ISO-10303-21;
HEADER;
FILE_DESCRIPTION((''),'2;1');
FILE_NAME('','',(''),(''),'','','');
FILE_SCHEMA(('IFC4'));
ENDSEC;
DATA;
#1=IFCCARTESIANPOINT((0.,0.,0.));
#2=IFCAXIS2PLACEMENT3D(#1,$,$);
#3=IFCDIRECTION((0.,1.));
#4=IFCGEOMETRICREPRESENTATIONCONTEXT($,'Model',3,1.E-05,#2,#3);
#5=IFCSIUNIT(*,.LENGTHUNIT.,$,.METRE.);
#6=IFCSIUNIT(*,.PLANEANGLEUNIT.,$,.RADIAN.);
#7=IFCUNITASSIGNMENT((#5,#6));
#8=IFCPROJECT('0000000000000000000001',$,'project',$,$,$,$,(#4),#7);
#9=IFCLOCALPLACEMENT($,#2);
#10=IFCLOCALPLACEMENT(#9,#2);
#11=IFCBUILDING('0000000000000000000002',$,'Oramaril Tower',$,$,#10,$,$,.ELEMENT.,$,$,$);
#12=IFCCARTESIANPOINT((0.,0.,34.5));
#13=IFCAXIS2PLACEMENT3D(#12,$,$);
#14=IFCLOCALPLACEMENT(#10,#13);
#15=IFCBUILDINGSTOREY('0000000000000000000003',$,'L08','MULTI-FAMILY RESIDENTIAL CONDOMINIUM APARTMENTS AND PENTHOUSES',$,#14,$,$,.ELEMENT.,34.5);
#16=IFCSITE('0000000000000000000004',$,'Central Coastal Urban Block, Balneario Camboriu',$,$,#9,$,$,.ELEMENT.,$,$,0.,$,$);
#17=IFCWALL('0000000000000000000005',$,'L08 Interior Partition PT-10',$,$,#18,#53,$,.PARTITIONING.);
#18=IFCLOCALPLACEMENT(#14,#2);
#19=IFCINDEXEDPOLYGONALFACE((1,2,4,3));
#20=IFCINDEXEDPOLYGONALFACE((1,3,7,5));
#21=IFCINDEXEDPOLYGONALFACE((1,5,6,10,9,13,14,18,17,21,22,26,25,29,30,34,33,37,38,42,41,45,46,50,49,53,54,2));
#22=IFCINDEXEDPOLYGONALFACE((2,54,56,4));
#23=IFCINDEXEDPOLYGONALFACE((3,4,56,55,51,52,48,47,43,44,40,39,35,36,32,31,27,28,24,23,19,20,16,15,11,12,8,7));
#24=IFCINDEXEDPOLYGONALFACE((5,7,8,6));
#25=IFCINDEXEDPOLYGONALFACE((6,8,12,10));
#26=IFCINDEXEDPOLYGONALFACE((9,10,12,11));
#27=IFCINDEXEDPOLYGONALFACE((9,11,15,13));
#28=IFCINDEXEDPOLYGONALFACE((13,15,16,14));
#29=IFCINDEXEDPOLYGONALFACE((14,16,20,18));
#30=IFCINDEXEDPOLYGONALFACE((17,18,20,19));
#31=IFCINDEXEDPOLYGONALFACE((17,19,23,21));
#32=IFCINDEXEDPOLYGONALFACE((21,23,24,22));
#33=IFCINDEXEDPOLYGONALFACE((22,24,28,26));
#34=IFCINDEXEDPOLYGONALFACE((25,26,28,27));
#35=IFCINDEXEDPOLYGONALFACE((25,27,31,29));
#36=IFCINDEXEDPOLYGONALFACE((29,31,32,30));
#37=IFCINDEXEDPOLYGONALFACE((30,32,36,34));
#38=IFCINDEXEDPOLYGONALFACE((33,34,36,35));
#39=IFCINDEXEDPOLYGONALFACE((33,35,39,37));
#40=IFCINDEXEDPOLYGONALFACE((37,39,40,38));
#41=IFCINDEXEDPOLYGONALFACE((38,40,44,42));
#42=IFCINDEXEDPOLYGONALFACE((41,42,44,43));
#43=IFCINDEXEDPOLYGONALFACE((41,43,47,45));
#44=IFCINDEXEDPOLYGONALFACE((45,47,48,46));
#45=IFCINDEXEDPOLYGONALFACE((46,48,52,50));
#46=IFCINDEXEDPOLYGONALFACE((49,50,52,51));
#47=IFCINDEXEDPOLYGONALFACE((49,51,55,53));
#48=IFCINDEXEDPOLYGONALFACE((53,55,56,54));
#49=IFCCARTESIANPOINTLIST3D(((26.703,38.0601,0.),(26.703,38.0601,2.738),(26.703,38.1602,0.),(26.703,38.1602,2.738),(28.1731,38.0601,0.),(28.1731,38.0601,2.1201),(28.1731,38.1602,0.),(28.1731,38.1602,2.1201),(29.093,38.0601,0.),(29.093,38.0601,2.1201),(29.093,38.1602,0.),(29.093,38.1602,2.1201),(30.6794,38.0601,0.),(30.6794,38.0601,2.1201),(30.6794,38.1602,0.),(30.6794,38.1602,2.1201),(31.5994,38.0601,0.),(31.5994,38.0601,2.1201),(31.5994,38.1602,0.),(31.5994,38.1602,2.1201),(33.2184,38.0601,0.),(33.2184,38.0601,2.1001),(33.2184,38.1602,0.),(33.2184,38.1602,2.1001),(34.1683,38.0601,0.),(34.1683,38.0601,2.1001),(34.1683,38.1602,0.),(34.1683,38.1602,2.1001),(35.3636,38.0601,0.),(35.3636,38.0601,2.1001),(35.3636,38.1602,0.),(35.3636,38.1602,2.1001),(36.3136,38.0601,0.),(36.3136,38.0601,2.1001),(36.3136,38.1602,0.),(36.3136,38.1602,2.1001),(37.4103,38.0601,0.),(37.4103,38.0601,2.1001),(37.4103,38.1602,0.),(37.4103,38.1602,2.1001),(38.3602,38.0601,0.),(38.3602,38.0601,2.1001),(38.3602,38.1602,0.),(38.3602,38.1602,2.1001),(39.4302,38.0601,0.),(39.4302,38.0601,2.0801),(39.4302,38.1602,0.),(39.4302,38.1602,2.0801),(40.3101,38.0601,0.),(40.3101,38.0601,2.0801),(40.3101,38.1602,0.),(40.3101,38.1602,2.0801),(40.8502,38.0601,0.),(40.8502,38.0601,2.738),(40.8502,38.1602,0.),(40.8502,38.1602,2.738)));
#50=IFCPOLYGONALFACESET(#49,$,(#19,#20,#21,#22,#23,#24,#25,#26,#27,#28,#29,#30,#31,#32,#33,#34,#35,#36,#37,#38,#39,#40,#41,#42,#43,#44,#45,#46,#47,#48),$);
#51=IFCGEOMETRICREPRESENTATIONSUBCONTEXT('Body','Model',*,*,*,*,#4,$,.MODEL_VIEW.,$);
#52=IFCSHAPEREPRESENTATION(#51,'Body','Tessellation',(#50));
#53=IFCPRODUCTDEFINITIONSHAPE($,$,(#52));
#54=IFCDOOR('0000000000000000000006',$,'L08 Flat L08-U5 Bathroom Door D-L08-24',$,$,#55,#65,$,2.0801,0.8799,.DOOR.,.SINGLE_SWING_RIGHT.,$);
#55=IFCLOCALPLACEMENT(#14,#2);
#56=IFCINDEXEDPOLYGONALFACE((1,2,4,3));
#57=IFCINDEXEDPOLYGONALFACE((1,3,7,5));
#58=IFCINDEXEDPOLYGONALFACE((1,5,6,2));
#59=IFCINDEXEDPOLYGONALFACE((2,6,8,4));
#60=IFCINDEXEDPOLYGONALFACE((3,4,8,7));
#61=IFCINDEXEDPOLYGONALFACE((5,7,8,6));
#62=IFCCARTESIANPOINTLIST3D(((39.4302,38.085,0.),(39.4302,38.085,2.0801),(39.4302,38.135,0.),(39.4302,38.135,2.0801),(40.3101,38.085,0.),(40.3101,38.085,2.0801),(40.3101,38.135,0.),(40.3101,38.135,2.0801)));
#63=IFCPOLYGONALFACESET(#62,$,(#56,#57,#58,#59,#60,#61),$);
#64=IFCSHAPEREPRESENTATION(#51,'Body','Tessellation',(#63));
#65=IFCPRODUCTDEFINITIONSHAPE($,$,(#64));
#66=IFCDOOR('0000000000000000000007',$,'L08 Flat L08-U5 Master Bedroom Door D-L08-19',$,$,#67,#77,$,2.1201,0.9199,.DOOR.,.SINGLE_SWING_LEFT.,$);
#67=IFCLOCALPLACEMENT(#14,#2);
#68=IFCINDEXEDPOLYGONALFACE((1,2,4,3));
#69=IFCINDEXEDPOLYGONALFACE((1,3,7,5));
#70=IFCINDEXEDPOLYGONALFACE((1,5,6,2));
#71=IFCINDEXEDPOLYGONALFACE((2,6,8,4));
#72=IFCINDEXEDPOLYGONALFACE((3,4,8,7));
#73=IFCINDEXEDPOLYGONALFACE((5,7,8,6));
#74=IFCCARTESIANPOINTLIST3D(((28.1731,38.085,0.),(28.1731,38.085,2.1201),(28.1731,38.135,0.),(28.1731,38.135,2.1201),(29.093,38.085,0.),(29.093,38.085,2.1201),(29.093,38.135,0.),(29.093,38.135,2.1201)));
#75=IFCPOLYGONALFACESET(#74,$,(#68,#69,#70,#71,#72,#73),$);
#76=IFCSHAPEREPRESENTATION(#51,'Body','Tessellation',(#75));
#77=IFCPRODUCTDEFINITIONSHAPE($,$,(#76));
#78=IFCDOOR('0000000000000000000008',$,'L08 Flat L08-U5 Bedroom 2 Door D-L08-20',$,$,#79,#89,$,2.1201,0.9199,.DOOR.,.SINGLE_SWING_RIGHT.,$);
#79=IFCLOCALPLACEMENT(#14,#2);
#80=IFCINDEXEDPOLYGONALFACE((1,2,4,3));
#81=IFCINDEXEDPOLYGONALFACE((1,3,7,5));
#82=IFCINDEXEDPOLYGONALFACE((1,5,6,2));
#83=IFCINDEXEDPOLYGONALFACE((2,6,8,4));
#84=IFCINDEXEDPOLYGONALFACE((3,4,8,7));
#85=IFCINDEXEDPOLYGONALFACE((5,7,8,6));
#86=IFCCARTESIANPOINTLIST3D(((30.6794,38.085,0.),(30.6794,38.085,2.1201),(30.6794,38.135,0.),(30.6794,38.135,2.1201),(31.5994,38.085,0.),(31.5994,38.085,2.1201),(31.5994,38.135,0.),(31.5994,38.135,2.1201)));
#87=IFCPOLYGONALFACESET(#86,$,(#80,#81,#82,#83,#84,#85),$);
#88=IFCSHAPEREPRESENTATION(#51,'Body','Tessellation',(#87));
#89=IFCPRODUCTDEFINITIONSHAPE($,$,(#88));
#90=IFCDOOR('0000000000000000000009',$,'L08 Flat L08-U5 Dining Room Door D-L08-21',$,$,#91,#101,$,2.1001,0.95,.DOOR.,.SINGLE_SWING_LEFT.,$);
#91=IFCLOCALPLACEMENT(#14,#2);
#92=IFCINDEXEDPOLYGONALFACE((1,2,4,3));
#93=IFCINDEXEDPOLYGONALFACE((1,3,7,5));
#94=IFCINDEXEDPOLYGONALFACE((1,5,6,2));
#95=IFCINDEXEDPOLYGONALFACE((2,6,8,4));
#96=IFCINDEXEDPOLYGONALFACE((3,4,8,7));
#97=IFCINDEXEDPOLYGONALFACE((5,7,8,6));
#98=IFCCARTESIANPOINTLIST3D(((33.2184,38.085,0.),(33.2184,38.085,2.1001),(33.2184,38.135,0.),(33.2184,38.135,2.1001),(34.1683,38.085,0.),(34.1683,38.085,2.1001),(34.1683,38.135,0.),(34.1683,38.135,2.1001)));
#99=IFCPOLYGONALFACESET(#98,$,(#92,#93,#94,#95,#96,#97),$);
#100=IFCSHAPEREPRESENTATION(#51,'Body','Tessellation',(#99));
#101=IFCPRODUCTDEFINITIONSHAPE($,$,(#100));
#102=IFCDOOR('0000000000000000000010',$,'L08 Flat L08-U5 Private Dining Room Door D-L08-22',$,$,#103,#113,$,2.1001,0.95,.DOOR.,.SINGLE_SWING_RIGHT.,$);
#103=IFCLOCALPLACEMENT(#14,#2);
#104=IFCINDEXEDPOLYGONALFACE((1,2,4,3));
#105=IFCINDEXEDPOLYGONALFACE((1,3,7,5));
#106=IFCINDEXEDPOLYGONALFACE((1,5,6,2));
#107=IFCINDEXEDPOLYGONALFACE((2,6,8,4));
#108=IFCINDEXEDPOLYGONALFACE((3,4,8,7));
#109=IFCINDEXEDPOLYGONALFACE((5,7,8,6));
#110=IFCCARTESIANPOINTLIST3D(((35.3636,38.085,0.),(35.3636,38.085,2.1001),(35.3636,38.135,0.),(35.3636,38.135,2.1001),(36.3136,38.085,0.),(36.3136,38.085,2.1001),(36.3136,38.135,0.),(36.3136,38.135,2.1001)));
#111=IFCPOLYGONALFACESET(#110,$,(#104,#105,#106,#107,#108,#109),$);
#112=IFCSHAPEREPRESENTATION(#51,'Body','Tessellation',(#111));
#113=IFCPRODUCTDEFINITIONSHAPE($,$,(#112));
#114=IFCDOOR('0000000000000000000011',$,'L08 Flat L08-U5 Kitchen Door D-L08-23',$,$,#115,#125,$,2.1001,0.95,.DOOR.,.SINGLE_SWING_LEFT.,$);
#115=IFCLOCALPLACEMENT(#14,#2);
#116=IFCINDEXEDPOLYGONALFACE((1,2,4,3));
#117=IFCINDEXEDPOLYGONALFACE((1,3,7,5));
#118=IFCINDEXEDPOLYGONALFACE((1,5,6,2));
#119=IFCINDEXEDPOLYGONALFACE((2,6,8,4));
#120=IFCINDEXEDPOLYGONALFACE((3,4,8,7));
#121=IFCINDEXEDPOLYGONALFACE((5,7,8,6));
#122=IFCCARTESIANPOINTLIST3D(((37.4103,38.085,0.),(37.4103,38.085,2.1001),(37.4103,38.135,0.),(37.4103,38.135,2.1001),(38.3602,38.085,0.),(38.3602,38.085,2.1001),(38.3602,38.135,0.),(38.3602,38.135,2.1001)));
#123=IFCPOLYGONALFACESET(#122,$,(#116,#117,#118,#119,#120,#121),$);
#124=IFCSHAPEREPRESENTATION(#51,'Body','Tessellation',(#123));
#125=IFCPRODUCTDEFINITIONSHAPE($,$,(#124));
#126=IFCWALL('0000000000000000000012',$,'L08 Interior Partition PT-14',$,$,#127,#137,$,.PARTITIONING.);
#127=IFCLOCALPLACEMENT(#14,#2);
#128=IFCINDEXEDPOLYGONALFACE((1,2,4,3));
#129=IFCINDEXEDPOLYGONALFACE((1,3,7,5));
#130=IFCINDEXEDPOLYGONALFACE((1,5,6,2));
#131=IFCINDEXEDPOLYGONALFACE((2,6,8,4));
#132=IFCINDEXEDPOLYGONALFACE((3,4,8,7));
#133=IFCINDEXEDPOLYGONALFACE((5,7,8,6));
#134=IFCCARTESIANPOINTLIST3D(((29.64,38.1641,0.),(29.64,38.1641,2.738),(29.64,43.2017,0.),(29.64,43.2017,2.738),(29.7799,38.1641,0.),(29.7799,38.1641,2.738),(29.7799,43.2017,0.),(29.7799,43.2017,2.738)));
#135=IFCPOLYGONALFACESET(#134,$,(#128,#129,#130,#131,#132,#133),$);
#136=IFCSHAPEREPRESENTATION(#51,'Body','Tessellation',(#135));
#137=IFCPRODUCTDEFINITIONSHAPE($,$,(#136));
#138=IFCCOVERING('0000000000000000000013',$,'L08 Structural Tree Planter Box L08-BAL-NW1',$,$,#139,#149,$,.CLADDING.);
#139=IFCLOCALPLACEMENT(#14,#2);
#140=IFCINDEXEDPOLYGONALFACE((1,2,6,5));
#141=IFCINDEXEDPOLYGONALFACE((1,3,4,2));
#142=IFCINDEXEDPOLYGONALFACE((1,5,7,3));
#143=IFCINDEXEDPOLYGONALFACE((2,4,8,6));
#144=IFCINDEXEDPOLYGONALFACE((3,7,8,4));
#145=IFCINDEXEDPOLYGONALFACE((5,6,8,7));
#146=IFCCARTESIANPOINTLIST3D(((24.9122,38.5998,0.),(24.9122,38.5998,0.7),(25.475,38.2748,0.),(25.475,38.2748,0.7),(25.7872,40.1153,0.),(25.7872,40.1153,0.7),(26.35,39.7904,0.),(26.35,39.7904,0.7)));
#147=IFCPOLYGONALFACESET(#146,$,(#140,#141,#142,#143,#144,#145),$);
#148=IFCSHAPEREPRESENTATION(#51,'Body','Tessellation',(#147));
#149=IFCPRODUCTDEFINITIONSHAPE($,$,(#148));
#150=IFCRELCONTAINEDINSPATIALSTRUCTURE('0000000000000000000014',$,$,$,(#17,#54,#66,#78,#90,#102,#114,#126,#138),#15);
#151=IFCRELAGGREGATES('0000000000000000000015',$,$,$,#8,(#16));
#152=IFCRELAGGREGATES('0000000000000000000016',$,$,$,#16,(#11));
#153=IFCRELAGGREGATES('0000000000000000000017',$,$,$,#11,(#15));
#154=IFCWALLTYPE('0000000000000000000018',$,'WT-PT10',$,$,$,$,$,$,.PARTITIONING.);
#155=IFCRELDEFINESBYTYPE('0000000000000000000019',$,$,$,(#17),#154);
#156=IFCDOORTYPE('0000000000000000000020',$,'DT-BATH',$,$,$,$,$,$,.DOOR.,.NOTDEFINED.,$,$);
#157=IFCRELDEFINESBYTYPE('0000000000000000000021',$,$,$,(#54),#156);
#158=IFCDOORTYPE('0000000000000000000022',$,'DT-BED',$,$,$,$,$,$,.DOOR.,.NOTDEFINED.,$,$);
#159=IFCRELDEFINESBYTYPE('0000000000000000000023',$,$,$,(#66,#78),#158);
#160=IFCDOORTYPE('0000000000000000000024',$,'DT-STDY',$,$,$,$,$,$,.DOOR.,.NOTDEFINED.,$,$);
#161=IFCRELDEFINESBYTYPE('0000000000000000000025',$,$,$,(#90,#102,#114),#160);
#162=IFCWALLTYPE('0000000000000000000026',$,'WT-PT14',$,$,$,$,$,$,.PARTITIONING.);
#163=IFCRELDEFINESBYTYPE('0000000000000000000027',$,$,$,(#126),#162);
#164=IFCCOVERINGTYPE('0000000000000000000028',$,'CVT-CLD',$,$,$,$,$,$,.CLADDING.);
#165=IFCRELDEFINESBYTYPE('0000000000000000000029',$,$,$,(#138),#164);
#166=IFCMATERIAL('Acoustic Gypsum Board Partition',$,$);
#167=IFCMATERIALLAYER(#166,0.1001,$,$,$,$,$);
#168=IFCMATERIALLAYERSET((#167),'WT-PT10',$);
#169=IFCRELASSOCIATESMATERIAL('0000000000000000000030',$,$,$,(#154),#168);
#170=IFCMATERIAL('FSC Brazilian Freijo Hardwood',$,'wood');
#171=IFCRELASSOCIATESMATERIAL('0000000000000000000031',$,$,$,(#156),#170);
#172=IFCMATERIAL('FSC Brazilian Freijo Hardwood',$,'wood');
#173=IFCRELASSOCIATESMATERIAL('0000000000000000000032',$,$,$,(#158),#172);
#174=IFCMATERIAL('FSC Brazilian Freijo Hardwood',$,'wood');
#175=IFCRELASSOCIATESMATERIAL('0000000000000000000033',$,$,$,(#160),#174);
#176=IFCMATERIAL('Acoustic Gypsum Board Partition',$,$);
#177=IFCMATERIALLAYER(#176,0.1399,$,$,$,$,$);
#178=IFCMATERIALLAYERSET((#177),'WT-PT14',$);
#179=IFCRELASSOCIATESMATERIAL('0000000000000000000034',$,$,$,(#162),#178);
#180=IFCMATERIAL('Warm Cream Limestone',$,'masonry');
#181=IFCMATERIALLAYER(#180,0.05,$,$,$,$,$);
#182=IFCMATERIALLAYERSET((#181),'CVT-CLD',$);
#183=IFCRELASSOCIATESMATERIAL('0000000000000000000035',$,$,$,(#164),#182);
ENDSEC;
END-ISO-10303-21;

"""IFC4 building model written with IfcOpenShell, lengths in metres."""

from ifc_helpers import new_model, si_unit, direction, frame, frame_2d, origin, origin_2d, place, context, subcontext, project, spatial, rectangle, extrude, material, layer, layer_set, type_object, element, fill, save


model = new_model("IFC4")

# Units and contexts
model_context = context("Model", 3, precision=1e-05, world=origin(), true_north=direction((0.0, 1.0)))
body_context = subcontext(model_context, "Body", "Model", "MODEL_VIEW")
ifc_project = project(units=[si_unit("LENGTHUNIT", "METRE"), si_unit("PLANEANGLEUNIT", "RADIAN")], contexts=[model_context])

# Site, building, storey
site_placement = place(None, origin())
site = spatial("IfcSite", under=ifc_project, at=site_placement, Name="Central Coastal Urban Block, Balneario Camboriu", CompositionType="ELEMENT", RefElevation=0.0)
building_placement = place(site_placement, origin())
building = spatial("IfcBuilding", under=site, at=building_placement, Name="Oramaril Tower", CompositionType="ELEMENT")
storey_placement = place(building_placement, frame((0.0, 0.0, 34.5)))
storey = spatial("IfcBuildingStorey", under=building, at=storey_placement, Name="L08", Description="MULTI-FAMILY RESIDENTIAL CONDOMINIUM APARTMENTS AND PENTHOUSES", CompositionType="ELEMENT", Elevation=34.5)

# Wall, openings, doors
ifc_material_1 = material(Name="Acoustic Gypsum Board Partition")
ifc_layer_1 = layer(ifc_material_1, 0.1001)
ifc_layer_set_1 = layer_set([ifc_layer_1], Name="WT-PT10")
wall_type_1 = type_object("IfcWallType", Name="WT-PT10", PredefinedType="PARTITIONING", material=ifc_layer_set_1)
wall_1_placement = place(storey_placement, frame((26.7029, 38.1101, 0.0), z_axis=(0.0, 0.0, 1.0), x_axis=(1.0, 0.0, 0.0)))
wall_1 = element("IfcWall", 1, at=wall_1_placement, inside=storey, type_object=wall_type_1, Name="L08 Interior Partition PT-10", PredefinedType="PARTITIONING", context=body_context, shape_type="SweptSolid", body=[
    extrude(rectangle(XDim=14.1472, YDim=0.1001, at=frame_2d((7.0737, 0.0))), origin(), (0.0, 0.0, 1.0), 2.738),
])
opening_1_placement = place(wall_1_placement, frame((1.4702, 0.0, 0.0)))
opening_1 = element("IfcOpeningElement", 2, at=opening_1_placement, cuts=wall_1, PredefinedType="OPENING", context=body_context, shape_type="SweptSolid", body=[
    extrude(rectangle(XDim=0.9199, YDim=2.1201, at=frame_2d((0.46, 1.0601))), frame((0.0, 0.05, 0.0), z_axis=(0.0, -1.0, 0.0), x_axis=(1.0, 0.0, 0.0)), (0.0, 0.0, 1.0), 0.1001),
])
opening_2_placement = place(wall_1_placement, frame((3.9766, 0.0, 0.0)))
opening_2 = element("IfcOpeningElement", 3, at=opening_2_placement, cuts=wall_1, PredefinedType="OPENING", context=body_context, shape_type="SweptSolid", body=[
    extrude(rectangle(XDim=0.9199, YDim=2.1201, at=frame_2d((0.46, 1.0601))), frame((0.0, 0.05, 0.0), z_axis=(0.0, -1.0, 0.0), x_axis=(1.0, 0.0, 0.0)), (0.0, 0.0, 1.0), 0.1001),
])
opening_3_placement = place(wall_1_placement, frame((6.5154, 0.0, 0.0)))
opening_3 = element("IfcOpeningElement", 4, at=opening_3_placement, cuts=wall_1, PredefinedType="OPENING", context=body_context, shape_type="SweptSolid", body=[
    extrude(rectangle(XDim=0.95, YDim=2.1001, at=frame_2d((0.4751, 1.05))), frame((0.0, 0.05, 0.0), z_axis=(0.0, -1.0, 0.0), x_axis=(1.0, 0.0, 0.0)), (0.0, 0.0, 1.0), 0.1001),
])
opening_4_placement = place(wall_1_placement, frame((8.6606, 0.0, 0.0)))
opening_4 = element("IfcOpeningElement", 5, at=opening_4_placement, cuts=wall_1, PredefinedType="OPENING", context=body_context, shape_type="SweptSolid", body=[
    extrude(rectangle(XDim=0.95, YDim=2.1001, at=frame_2d((0.4751, 1.05))), frame((0.0, 0.05, 0.0), z_axis=(0.0, -1.0, 0.0), x_axis=(1.0, 0.0, 0.0)), (0.0, 0.0, 1.0), 0.1001),
])
opening_5_placement = place(wall_1_placement, frame((10.7073, 0.0, 0.0)))
opening_5 = element("IfcOpeningElement", 6, at=opening_5_placement, cuts=wall_1, PredefinedType="OPENING", context=body_context, shape_type="SweptSolid", body=[
    extrude(rectangle(XDim=0.95, YDim=2.1001, at=frame_2d((0.4751, 1.05))), frame((0.0, 0.05, 0.0), z_axis=(0.0, -1.0, 0.0), x_axis=(1.0, 0.0, 0.0)), (0.0, 0.0, 1.0), 0.1001),
])
opening_6_placement = place(wall_1_placement, frame((12.7273, 0.0, 0.0)))
opening_6 = element("IfcOpeningElement", 7, at=opening_6_placement, cuts=wall_1, PredefinedType="OPENING", context=body_context, shape_type="SweptSolid", body=[
    extrude(rectangle(XDim=0.8799, YDim=2.0801, at=frame_2d((0.4399, 1.04))), frame((0.0, 0.05, 0.0), z_axis=(0.0, -1.0, 0.0), x_axis=(1.0, 0.0, 0.0)), (0.0, 0.0, 1.0), 0.1001),
])
ifc_material_2 = material(Name="FSC Brazilian Freijo Hardwood", Category="wood")
door_type_1 = type_object("IfcDoorType", Name="DT-BATH", OperationType="NOTDEFINED", PredefinedType="DOOR", material=ifc_material_2)
door_1_placement = place(opening_6_placement, origin())
door_1 = element("IfcDoor", 8, at=door_1_placement, inside=storey, type_object=door_type_1, Name="L08 Flat L08-U5 Bathroom Door D-L08-24", OperationType="SINGLE_SWING_RIGHT", OverallHeight=2.0801, OverallWidth=0.8799, PredefinedType="DOOR", context=body_context, shape_type="SweptSolid", body=[
    extrude(rectangle(XDim=0.8799, YDim=2.0801, at=frame_2d((0.4399, 1.04))), frame((0.0, 0.0249, 0.0), z_axis=(0.0, -1.0, 0.0), x_axis=(1.0, 0.0, 0.0)), (0.0, 0.0, 1.0), 0.05),
])
fill(opening_6, door_1)
ifc_material_3 = material(Name="FSC Brazilian Freijo Hardwood", Category="wood")
door_type_2 = type_object("IfcDoorType", Name="DT-BED", OperationType="NOTDEFINED", PredefinedType="DOOR", material=ifc_material_3)
door_2_placement = place(opening_1_placement, origin())
door_2 = element("IfcDoor", 9, at=door_2_placement, inside=storey, type_object=door_type_2, Name="L08 Flat L08-U5 Master Bedroom Door D-L08-19", OperationType="SINGLE_SWING_LEFT", OverallHeight=2.1201, OverallWidth=0.9199, PredefinedType="DOOR", context=body_context, shape_type="SweptSolid", body=[
    extrude(rectangle(XDim=0.9199, YDim=2.1201, at=frame_2d((0.46, 1.0601))), frame((0.0, 0.0249, 0.0), z_axis=(0.0, -1.0, 0.0), x_axis=(1.0, 0.0, 0.0)), (0.0, 0.0, 1.0), 0.05),
])
fill(opening_1, door_2)
door_3_placement = place(opening_2_placement, origin())
door_3 = element("IfcDoor", 10, at=door_3_placement, inside=storey, type_object=door_type_2, Name="L08 Flat L08-U5 Bedroom 2 Door D-L08-20", OperationType="SINGLE_SWING_RIGHT", OverallHeight=2.1201, OverallWidth=0.9199, PredefinedType="DOOR", context=body_context, shape_type="SweptSolid", body=[
    extrude(rectangle(XDim=0.9199, YDim=2.1201, at=frame_2d((0.46, 1.0601))), frame((0.0, 0.0249, 0.0), z_axis=(0.0, -1.0, 0.0), x_axis=(1.0, 0.0, 0.0)), (0.0, 0.0, 1.0), 0.05),
])
fill(opening_2, door_3)
ifc_material_4 = material(Name="FSC Brazilian Freijo Hardwood", Category="wood")
door_type_3 = type_object("IfcDoorType", Name="DT-STDY", OperationType="NOTDEFINED", PredefinedType="DOOR", material=ifc_material_4)
door_4_placement = place(opening_3_placement, origin())
door_4 = element("IfcDoor", 11, at=door_4_placement, inside=storey, type_object=door_type_3, Name="L08 Flat L08-U5 Dining Room Door D-L08-21", OperationType="SINGLE_SWING_LEFT", OverallHeight=2.1001, OverallWidth=0.95, PredefinedType="DOOR", context=body_context, shape_type="SweptSolid", body=[
    extrude(rectangle(XDim=0.95, YDim=2.1001, at=frame_2d((0.4751, 1.05))), frame((0.0, 0.0249, 0.0), z_axis=(0.0, -1.0, 0.0), x_axis=(1.0, 0.0, 0.0)), (0.0, 0.0, 1.0), 0.05),
])
fill(opening_3, door_4)
door_5_placement = place(opening_4_placement, origin())
door_5 = element("IfcDoor", 12, at=door_5_placement, inside=storey, type_object=door_type_3, Name="L08 Flat L08-U5 Private Dining Room Door D-L08-22", OperationType="SINGLE_SWING_RIGHT", OverallHeight=2.1001, OverallWidth=0.95, PredefinedType="DOOR", context=body_context, shape_type="SweptSolid", body=[
    extrude(rectangle(XDim=0.95, YDim=2.1001, at=frame_2d((0.4751, 1.05))), frame((0.0, 0.0249, 0.0), z_axis=(0.0, -1.0, 0.0), x_axis=(1.0, 0.0, 0.0)), (0.0, 0.0, 1.0), 0.05),
])
fill(opening_4, door_5)
door_6_placement = place(opening_5_placement, origin())
door_6 = element("IfcDoor", 13, at=door_6_placement, inside=storey, type_object=door_type_3, Name="L08 Flat L08-U5 Kitchen Door D-L08-23", OperationType="SINGLE_SWING_LEFT", OverallHeight=2.1001, OverallWidth=0.95, PredefinedType="DOOR", context=body_context, shape_type="SweptSolid", body=[
    extrude(rectangle(XDim=0.95, YDim=2.1001, at=frame_2d((0.4751, 1.05))), frame((0.0, 0.0249, 0.0), z_axis=(0.0, -1.0, 0.0), x_axis=(1.0, 0.0, 0.0)), (0.0, 0.0, 1.0), 0.05),
])
fill(opening_5, door_6)

# Wall
ifc_material_5 = material(Name="Acoustic Gypsum Board Partition")
ifc_layer_2 = layer(ifc_material_5, 0.1399)
ifc_layer_set_2 = layer_set([ifc_layer_2], Name="WT-PT14")
wall_type_2 = type_object("IfcWallType", Name="WT-PT14", PredefinedType="PARTITIONING", material=ifc_layer_set_2)
wall_2_placement = place(storey_placement, frame((29.71, 38.1641, 0.0), z_axis=(0.0, 0.0, 1.0), x_axis=(0.0, 1.0, 0.0)))
element("IfcWall", 14, at=wall_2_placement, inside=storey, type_object=wall_type_2, Name="L08 Interior Partition PT-14", PredefinedType="PARTITIONING", context=body_context, shape_type="SweptSolid", body=[
    extrude(rectangle(XDim=5.0376, YDim=0.1399, at=frame_2d((2.5188, 0.0))), origin(), (0.0, 0.0, 1.0), 2.738),
])

# Covering
ifc_material_6 = material(Name="Warm Cream Limestone", Category="masonry")
ifc_layer_3 = layer(ifc_material_6, 0.05)
ifc_layer_set_3 = layer_set([ifc_layer_3], Name="CVT-CLD")
covering_type = type_object("IfcCoveringType", Name="CVT-CLD", PredefinedType="CLADDING", material=ifc_layer_set_3)
covering_placement = place(storey_placement, frame((25.6311, 39.1951, 0.0), z_axis=(0.0, 0.0, 1.0), x_axis=(-0.5, -0.866025, 0.0)))
element("IfcCovering", 15, at=covering_placement, inside=storey, type_object=covering_type, Name="L08 Structural Tree Planter Box L08-BAL-NW1", PredefinedType="CLADDING", context=body_context, shape_type="SweptSolid", body=[
    extrude(rectangle(XDim=1.75, YDim=0.6499, at=origin_2d()), origin(), (0.0, 0.0, 1.0), 0.7),
])

save(model, "model.ifc")
